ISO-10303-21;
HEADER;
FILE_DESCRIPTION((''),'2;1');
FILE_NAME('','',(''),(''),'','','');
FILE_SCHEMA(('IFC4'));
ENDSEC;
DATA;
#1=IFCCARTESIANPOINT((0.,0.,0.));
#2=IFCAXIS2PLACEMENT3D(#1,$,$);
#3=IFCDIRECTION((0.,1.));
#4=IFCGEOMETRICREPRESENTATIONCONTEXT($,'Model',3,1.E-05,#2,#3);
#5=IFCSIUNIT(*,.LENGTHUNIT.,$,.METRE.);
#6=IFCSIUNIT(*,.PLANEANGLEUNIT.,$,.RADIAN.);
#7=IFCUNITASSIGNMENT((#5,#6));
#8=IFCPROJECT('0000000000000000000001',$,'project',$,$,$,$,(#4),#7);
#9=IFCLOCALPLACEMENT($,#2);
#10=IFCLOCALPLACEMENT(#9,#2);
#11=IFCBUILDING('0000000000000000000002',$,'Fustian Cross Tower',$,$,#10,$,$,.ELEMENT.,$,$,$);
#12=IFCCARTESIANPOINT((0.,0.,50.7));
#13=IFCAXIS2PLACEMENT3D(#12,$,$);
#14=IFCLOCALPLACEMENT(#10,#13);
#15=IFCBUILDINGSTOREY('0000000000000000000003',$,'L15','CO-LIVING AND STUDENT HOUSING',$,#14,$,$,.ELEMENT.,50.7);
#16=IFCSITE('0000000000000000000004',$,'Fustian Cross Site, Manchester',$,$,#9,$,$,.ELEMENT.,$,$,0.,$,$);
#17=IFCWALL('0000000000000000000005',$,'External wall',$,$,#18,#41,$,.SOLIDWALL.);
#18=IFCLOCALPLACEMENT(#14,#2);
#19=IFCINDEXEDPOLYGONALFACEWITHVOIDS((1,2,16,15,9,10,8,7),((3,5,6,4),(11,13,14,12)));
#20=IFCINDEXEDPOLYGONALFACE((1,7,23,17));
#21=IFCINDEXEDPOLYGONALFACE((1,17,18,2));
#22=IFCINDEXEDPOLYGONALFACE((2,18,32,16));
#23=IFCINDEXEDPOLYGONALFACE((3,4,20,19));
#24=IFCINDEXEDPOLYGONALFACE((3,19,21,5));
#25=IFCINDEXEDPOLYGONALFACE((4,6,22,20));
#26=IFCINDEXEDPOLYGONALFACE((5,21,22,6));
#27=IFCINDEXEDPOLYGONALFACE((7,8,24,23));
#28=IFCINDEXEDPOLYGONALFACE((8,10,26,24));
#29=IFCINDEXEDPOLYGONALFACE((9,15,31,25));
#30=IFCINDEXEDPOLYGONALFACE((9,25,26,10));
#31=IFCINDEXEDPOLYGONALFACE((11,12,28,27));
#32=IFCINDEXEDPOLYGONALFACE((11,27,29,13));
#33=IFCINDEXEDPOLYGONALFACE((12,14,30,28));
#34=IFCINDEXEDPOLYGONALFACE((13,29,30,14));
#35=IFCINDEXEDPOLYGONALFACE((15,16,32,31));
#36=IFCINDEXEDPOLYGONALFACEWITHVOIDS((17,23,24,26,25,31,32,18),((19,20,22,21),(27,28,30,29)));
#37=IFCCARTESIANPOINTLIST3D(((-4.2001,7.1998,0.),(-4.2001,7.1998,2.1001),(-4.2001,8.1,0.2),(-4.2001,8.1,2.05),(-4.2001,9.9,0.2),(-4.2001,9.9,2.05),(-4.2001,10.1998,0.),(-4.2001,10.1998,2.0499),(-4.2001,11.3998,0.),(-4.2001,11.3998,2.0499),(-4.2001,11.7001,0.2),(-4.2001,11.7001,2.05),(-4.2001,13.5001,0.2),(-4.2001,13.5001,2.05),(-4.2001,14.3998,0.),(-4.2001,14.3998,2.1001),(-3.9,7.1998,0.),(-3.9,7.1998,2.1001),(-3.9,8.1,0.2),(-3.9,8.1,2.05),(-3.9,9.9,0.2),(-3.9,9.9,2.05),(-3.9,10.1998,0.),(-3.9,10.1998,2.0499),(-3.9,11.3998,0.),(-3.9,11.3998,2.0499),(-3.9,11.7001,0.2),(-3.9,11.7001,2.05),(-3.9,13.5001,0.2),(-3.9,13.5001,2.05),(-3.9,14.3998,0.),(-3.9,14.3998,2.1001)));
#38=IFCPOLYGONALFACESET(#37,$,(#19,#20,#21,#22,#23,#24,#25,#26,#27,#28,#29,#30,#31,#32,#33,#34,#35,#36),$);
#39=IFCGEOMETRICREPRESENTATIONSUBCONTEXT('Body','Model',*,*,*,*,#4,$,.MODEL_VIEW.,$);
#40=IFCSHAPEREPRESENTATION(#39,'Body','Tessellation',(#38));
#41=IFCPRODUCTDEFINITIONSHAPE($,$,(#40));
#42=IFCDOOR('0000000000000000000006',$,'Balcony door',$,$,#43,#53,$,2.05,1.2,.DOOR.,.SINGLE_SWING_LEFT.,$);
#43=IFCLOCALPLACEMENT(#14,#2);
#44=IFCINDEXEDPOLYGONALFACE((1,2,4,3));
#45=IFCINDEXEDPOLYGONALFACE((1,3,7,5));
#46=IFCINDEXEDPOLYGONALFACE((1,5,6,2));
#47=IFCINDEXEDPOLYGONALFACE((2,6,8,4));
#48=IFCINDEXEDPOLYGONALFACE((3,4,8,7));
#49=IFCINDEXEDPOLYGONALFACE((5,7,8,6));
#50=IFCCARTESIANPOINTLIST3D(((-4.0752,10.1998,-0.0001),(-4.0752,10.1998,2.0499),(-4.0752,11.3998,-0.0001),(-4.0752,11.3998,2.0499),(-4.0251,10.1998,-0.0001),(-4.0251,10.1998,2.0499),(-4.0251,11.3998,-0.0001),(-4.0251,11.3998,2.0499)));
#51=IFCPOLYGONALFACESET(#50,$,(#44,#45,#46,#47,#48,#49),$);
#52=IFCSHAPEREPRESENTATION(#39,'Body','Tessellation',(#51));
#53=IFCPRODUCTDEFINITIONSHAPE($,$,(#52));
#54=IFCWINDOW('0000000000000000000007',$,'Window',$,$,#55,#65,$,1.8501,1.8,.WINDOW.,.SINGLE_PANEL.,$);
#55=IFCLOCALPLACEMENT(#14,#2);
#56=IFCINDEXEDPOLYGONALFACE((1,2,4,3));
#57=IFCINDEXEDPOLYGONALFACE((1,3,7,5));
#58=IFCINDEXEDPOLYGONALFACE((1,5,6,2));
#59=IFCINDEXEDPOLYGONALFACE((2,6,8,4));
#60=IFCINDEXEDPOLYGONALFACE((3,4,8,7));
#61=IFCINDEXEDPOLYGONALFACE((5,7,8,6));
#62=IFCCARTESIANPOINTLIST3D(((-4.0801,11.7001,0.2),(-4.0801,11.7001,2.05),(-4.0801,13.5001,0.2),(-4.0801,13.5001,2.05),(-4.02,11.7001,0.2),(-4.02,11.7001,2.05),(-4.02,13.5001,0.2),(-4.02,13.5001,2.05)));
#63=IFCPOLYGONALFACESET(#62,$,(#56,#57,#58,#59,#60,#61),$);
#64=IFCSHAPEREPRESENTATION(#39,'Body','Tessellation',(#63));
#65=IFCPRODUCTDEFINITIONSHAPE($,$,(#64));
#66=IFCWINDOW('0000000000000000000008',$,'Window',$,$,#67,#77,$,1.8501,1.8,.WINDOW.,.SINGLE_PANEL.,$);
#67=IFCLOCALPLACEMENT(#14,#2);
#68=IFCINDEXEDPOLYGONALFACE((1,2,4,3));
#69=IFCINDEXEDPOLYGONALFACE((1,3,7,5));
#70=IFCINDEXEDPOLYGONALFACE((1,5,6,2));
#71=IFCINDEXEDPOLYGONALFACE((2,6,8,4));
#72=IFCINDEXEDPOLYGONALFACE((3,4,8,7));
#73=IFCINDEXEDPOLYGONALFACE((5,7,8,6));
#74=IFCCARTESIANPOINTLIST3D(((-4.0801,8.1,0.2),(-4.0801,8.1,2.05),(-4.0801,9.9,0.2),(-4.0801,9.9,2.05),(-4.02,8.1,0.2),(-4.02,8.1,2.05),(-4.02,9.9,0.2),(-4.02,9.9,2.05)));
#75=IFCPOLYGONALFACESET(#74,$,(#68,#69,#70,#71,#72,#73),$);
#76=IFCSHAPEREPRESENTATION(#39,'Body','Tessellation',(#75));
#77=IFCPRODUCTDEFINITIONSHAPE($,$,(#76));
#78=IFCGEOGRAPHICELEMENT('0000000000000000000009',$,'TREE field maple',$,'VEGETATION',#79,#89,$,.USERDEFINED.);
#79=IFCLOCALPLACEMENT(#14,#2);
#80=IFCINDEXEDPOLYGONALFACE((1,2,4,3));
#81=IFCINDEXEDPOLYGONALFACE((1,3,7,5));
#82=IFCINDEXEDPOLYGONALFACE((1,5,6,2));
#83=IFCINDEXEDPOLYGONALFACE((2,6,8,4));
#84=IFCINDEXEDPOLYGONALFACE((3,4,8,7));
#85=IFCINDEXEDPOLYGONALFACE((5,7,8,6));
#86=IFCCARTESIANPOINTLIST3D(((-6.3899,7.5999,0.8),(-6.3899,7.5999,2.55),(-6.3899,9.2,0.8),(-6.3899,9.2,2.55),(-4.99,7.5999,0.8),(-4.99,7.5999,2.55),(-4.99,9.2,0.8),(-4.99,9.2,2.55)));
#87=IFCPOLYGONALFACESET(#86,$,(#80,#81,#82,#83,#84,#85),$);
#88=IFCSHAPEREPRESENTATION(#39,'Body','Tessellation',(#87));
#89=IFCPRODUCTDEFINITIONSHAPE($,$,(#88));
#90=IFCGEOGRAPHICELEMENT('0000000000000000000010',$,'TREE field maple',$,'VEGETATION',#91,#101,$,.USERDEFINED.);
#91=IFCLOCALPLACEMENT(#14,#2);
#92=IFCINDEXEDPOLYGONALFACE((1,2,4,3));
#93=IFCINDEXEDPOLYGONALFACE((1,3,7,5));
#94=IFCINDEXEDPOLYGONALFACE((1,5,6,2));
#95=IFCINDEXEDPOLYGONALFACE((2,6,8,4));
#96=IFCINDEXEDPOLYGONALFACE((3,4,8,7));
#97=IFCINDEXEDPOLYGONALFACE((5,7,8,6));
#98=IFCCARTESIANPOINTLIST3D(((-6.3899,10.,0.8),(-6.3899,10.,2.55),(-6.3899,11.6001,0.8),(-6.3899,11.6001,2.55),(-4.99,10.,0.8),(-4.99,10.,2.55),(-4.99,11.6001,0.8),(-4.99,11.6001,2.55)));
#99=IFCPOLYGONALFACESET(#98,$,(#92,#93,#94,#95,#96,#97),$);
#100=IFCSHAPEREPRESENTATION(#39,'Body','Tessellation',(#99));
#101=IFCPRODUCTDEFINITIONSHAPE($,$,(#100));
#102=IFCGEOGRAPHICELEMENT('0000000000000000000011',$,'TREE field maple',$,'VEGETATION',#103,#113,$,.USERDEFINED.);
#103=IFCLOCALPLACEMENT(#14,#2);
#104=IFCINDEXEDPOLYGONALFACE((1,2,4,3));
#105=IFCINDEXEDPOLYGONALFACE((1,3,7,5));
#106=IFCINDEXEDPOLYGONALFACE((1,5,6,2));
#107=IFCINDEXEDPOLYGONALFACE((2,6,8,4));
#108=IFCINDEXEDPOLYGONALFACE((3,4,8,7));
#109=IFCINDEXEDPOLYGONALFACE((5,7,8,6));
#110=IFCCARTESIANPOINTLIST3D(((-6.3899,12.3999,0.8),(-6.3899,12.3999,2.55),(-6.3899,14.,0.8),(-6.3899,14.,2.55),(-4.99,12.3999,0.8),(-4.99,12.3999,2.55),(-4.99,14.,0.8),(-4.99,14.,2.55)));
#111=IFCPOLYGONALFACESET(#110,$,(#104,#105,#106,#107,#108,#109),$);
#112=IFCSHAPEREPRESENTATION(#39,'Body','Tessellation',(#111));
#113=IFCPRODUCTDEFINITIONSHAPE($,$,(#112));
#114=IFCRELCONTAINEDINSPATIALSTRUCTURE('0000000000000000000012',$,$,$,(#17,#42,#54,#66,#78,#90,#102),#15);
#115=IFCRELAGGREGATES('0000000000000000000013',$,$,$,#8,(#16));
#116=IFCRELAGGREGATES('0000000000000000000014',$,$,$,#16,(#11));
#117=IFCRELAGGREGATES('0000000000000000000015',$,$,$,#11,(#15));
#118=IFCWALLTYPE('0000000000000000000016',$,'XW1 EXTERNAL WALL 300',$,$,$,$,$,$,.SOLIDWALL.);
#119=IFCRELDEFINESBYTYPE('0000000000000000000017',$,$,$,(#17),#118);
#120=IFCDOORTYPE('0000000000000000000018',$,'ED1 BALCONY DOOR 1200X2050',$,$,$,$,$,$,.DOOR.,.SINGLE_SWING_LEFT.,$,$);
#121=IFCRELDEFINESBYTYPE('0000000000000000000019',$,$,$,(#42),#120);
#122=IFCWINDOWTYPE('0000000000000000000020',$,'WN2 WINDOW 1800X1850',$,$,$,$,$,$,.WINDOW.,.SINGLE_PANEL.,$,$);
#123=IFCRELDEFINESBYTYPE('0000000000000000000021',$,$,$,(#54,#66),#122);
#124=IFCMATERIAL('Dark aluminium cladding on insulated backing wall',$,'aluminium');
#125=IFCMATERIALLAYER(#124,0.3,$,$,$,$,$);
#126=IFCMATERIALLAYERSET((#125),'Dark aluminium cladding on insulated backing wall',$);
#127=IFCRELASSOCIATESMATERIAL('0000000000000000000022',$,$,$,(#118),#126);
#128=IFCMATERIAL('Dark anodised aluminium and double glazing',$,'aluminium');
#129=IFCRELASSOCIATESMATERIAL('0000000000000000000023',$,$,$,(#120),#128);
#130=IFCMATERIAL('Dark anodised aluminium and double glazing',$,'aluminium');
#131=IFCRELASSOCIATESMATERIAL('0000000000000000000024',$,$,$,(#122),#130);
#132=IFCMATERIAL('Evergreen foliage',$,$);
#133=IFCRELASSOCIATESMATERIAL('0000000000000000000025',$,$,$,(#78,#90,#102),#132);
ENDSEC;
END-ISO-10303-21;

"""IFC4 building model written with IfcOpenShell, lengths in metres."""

from ifc_helpers import new_model, si_unit, direction, frame, frame_2d, origin, origin_2d, place, context, subcontext, project, spatial, rectangle, extrude, material, layer, layer_set, type_object, element, fill, save


model = new_model("IFC4")

# Units and contexts
model_context = context("Model", 3, precision=1e-05, world=origin(), true_north=direction((0.0, 1.0)))
body_context = subcontext(model_context, "Body", "Model", "MODEL_VIEW")
ifc_project = project(units=[si_unit("LENGTHUNIT", "METRE"), si_unit("PLANEANGLEUNIT", "RADIAN")], contexts=[model_context])

# Site, building, storey
site_placement = place(None, origin())
site = spatial("IfcSite", under=ifc_project, at=site_placement, Name="Fustian Cross Site, Manchester", CompositionType="ELEMENT", RefElevation=0.0)
building_placement = place(site_placement, origin())
building = spatial("IfcBuilding", under=site, at=building_placement, Name="Fustian Cross Tower", CompositionType="ELEMENT")
storey_placement = place(building_placement, frame((0.0, 0.0, 50.7)))
storey = spatial("IfcBuildingStorey", under=building, at=storey_placement, Name="L15", Description="CO-LIVING AND STUDENT HOUSING", CompositionType="ELEMENT", Elevation=50.7)

# Shared definitions
ifc_material_1 = material(Name="Dark aluminium cladding on insulated backing wall", Category="aluminium")
ifc_layer_1 = layer(ifc_material_1, 0.3)
ifc_layer_set_1 = layer_set([ifc_layer_1], Name="Dark aluminium cladding on insulated backing wall")
wall_type_1 = type_object("IfcWallType", Name="XW1 EXTERNAL WALL 300", PredefinedType="SOLIDWALL", material=ifc_layer_set_1)

# Wall, openings, door, windows
wall_1_placement = place(storey_placement, frame((-4.05, 14.3999, 0.0), z_axis=(0.0, 0.0, 1.0), x_axis=(0.0, -1.0, 0.0)))
wall_1 = element("IfcWall", 1, at=wall_1_placement, inside=storey, type_object=wall_type_1, Name="External wall", PredefinedType="SOLIDWALL", context=body_context, shape_type="SweptSolid", body=[
    extrude(rectangle(XDim=7.2, YDim=0.3, at=frame_2d((3.6001, 0.0))), origin(), (0.0, 0.0, 1.0), 2.1001),
])
opening_1_placement = place(wall_1_placement, frame((3.0, 0.0, 0.0)))
opening_1 = element("IfcOpeningElement", 2, at=opening_1_placement, cuts=wall_1, PredefinedType="OPENING", context=body_context, shape_type="SweptSolid", body=[
    extrude(rectangle(XDim=1.2, YDim=2.05, at=frame_2d((0.6001, 1.0249))), frame((0.0, 0.1599, 0.0), z_axis=(0.0, -1.0, 0.0), x_axis=(1.0, 0.0, 0.0)), (0.0, 0.0, 1.0), 0.3201),
])
opening_2_placement = place(wall_1_placement, frame((0.8999, 0.0, 0.2)))
opening_2 = element("IfcOpeningElement", 3, at=opening_2_placement, cuts=wall_1, PredefinedType="OPENING", context=body_context, shape_type="SweptSolid", body=[
    extrude(rectangle(XDim=1.8, YDim=1.8501, at=frame_2d((0.8999, 0.925))), frame((0.0, 0.1599, 0.0), z_axis=(0.0, -1.0, 0.0), x_axis=(1.0, 0.0, 0.0)), (0.0, 0.0, 1.0), 0.3201),
])
opening_3_placement = place(wall_1_placement, frame((4.5, 0.0, 0.2)))
opening_3 = element("IfcOpeningElement", 4, at=opening_3_placement, cuts=wall_1, PredefinedType="OPENING", context=body_context, shape_type="SweptSolid", body=[
    extrude(rectangle(XDim=1.8, YDim=1.8501, at=frame_2d((0.8999, 0.925))), frame((0.0, 0.1599, 0.0), z_axis=(0.0, -1.0, 0.0), x_axis=(1.0, 0.0, 0.0)), (0.0, 0.0, 1.0), 0.3201),
])
ifc_material_2 = material(Name="Dark anodised aluminium and double glazing", Category="aluminium")
door_type = type_object("IfcDoorType", Name="ED1 BALCONY DOOR 1200X2050", OperationType="SINGLE_SWING_LEFT", PredefinedType="DOOR", material=ifc_material_2)
door_placement = place(opening_1_placement, origin())
door = element("IfcDoor", 5, at=door_placement, inside=storey, type_object=door_type, Name="Balcony door", OperationType="SINGLE_SWING_LEFT", OverallHeight=2.05, OverallWidth=1.2, PredefinedType="DOOR", context=body_context, shape_type="SweptSolid", body=[
    extrude(rectangle(XDim=1.2, YDim=2.05, at=frame_2d((0.6001, 1.0249))), frame((0.0, 0.0249, 0.0), z_axis=(0.0, -1.0, 0.0), x_axis=(1.0, 0.0, 0.0)), (0.0, 0.0, 1.0), 0.05),
])
fill(opening_1, door)
ifc_material_3 = material(Name="Dark anodised aluminium and double glazing", Category="aluminium")
window_type = type_object("IfcWindowType", Name="WN2 WINDOW 1800X1850", PartitioningType="SINGLE_PANEL", PredefinedType="WINDOW", material=ifc_material_3)
window_1_placement = place(opening_2_placement, origin())
window_1 = element("IfcWindow", 6, at=window_1_placement, inside=storey, type_object=window_type, Name="Window", OverallHeight=1.8501, OverallWidth=1.8, PartitioningType="SINGLE_PANEL", PredefinedType="WINDOW", context=body_context, shape_type="SweptSolid", body=[
    extrude(rectangle(XDim=1.8, YDim=1.8501, at=frame_2d((0.8999, 0.925))), frame((0.0, 0.03, 0.0), z_axis=(0.0, -1.0, 0.0), x_axis=(1.0, 0.0, 0.0)), (0.0, 0.0, 1.0), 0.0601),
])
fill(opening_2, window_1)
window_2_placement = place(opening_3_placement, origin())
window_2 = element("IfcWindow", 7, at=window_2_placement, inside=storey, type_object=window_type, Name="Window", OverallHeight=1.8501, OverallWidth=1.8, PartitioningType="SINGLE_PANEL", PredefinedType="WINDOW", context=body_context, shape_type="SweptSolid", body=[
    extrude(rectangle(XDim=1.8, YDim=1.8501, at=frame_2d((0.8999, 0.925))), frame((0.0, 0.03, 0.0), z_axis=(0.0, -1.0, 0.0), x_axis=(1.0, 0.0, 0.0)), (0.0, 0.0, 1.0), 0.0601),
])
fill(opening_3, window_2)

# Geographic elements
ifc_material_4 = material(Name="Evergreen foliage")
for number, where, z_axis, x_axis, name in (
    (8, (-5.6899, 8.3999, 0.8), (0.0, 0.0, 1.0), (1.0, 0.0, 0.0), "TREE field maple"),
    (9, (-5.6899, 10.8, 0.8), (0.0, 0.0, 1.0), (1.0, 0.0, 0.0), "TREE field maple"),
    (10, (-5.6899, 13.2, 0.8), (0.0, 0.0, 1.0), (1.0, 0.0, 0.0), "TREE field maple"),
):
    element("IfcGeographicElement", number, at=place(storey_placement, frame(where, z_axis=z_axis, x_axis=x_axis)), inside=storey, material=ifc_material_4, Name=name, ObjectType="VEGETATION", PredefinedType="USERDEFINED", context=body_context, shape_type="SweptSolid", body=[
        extrude(rectangle(XDim=1.3999, YDim=1.6001, at=origin_2d()), origin(), (0.0, 0.0, 1.0), 1.75),
    ])

save(model, "model.ifc")
